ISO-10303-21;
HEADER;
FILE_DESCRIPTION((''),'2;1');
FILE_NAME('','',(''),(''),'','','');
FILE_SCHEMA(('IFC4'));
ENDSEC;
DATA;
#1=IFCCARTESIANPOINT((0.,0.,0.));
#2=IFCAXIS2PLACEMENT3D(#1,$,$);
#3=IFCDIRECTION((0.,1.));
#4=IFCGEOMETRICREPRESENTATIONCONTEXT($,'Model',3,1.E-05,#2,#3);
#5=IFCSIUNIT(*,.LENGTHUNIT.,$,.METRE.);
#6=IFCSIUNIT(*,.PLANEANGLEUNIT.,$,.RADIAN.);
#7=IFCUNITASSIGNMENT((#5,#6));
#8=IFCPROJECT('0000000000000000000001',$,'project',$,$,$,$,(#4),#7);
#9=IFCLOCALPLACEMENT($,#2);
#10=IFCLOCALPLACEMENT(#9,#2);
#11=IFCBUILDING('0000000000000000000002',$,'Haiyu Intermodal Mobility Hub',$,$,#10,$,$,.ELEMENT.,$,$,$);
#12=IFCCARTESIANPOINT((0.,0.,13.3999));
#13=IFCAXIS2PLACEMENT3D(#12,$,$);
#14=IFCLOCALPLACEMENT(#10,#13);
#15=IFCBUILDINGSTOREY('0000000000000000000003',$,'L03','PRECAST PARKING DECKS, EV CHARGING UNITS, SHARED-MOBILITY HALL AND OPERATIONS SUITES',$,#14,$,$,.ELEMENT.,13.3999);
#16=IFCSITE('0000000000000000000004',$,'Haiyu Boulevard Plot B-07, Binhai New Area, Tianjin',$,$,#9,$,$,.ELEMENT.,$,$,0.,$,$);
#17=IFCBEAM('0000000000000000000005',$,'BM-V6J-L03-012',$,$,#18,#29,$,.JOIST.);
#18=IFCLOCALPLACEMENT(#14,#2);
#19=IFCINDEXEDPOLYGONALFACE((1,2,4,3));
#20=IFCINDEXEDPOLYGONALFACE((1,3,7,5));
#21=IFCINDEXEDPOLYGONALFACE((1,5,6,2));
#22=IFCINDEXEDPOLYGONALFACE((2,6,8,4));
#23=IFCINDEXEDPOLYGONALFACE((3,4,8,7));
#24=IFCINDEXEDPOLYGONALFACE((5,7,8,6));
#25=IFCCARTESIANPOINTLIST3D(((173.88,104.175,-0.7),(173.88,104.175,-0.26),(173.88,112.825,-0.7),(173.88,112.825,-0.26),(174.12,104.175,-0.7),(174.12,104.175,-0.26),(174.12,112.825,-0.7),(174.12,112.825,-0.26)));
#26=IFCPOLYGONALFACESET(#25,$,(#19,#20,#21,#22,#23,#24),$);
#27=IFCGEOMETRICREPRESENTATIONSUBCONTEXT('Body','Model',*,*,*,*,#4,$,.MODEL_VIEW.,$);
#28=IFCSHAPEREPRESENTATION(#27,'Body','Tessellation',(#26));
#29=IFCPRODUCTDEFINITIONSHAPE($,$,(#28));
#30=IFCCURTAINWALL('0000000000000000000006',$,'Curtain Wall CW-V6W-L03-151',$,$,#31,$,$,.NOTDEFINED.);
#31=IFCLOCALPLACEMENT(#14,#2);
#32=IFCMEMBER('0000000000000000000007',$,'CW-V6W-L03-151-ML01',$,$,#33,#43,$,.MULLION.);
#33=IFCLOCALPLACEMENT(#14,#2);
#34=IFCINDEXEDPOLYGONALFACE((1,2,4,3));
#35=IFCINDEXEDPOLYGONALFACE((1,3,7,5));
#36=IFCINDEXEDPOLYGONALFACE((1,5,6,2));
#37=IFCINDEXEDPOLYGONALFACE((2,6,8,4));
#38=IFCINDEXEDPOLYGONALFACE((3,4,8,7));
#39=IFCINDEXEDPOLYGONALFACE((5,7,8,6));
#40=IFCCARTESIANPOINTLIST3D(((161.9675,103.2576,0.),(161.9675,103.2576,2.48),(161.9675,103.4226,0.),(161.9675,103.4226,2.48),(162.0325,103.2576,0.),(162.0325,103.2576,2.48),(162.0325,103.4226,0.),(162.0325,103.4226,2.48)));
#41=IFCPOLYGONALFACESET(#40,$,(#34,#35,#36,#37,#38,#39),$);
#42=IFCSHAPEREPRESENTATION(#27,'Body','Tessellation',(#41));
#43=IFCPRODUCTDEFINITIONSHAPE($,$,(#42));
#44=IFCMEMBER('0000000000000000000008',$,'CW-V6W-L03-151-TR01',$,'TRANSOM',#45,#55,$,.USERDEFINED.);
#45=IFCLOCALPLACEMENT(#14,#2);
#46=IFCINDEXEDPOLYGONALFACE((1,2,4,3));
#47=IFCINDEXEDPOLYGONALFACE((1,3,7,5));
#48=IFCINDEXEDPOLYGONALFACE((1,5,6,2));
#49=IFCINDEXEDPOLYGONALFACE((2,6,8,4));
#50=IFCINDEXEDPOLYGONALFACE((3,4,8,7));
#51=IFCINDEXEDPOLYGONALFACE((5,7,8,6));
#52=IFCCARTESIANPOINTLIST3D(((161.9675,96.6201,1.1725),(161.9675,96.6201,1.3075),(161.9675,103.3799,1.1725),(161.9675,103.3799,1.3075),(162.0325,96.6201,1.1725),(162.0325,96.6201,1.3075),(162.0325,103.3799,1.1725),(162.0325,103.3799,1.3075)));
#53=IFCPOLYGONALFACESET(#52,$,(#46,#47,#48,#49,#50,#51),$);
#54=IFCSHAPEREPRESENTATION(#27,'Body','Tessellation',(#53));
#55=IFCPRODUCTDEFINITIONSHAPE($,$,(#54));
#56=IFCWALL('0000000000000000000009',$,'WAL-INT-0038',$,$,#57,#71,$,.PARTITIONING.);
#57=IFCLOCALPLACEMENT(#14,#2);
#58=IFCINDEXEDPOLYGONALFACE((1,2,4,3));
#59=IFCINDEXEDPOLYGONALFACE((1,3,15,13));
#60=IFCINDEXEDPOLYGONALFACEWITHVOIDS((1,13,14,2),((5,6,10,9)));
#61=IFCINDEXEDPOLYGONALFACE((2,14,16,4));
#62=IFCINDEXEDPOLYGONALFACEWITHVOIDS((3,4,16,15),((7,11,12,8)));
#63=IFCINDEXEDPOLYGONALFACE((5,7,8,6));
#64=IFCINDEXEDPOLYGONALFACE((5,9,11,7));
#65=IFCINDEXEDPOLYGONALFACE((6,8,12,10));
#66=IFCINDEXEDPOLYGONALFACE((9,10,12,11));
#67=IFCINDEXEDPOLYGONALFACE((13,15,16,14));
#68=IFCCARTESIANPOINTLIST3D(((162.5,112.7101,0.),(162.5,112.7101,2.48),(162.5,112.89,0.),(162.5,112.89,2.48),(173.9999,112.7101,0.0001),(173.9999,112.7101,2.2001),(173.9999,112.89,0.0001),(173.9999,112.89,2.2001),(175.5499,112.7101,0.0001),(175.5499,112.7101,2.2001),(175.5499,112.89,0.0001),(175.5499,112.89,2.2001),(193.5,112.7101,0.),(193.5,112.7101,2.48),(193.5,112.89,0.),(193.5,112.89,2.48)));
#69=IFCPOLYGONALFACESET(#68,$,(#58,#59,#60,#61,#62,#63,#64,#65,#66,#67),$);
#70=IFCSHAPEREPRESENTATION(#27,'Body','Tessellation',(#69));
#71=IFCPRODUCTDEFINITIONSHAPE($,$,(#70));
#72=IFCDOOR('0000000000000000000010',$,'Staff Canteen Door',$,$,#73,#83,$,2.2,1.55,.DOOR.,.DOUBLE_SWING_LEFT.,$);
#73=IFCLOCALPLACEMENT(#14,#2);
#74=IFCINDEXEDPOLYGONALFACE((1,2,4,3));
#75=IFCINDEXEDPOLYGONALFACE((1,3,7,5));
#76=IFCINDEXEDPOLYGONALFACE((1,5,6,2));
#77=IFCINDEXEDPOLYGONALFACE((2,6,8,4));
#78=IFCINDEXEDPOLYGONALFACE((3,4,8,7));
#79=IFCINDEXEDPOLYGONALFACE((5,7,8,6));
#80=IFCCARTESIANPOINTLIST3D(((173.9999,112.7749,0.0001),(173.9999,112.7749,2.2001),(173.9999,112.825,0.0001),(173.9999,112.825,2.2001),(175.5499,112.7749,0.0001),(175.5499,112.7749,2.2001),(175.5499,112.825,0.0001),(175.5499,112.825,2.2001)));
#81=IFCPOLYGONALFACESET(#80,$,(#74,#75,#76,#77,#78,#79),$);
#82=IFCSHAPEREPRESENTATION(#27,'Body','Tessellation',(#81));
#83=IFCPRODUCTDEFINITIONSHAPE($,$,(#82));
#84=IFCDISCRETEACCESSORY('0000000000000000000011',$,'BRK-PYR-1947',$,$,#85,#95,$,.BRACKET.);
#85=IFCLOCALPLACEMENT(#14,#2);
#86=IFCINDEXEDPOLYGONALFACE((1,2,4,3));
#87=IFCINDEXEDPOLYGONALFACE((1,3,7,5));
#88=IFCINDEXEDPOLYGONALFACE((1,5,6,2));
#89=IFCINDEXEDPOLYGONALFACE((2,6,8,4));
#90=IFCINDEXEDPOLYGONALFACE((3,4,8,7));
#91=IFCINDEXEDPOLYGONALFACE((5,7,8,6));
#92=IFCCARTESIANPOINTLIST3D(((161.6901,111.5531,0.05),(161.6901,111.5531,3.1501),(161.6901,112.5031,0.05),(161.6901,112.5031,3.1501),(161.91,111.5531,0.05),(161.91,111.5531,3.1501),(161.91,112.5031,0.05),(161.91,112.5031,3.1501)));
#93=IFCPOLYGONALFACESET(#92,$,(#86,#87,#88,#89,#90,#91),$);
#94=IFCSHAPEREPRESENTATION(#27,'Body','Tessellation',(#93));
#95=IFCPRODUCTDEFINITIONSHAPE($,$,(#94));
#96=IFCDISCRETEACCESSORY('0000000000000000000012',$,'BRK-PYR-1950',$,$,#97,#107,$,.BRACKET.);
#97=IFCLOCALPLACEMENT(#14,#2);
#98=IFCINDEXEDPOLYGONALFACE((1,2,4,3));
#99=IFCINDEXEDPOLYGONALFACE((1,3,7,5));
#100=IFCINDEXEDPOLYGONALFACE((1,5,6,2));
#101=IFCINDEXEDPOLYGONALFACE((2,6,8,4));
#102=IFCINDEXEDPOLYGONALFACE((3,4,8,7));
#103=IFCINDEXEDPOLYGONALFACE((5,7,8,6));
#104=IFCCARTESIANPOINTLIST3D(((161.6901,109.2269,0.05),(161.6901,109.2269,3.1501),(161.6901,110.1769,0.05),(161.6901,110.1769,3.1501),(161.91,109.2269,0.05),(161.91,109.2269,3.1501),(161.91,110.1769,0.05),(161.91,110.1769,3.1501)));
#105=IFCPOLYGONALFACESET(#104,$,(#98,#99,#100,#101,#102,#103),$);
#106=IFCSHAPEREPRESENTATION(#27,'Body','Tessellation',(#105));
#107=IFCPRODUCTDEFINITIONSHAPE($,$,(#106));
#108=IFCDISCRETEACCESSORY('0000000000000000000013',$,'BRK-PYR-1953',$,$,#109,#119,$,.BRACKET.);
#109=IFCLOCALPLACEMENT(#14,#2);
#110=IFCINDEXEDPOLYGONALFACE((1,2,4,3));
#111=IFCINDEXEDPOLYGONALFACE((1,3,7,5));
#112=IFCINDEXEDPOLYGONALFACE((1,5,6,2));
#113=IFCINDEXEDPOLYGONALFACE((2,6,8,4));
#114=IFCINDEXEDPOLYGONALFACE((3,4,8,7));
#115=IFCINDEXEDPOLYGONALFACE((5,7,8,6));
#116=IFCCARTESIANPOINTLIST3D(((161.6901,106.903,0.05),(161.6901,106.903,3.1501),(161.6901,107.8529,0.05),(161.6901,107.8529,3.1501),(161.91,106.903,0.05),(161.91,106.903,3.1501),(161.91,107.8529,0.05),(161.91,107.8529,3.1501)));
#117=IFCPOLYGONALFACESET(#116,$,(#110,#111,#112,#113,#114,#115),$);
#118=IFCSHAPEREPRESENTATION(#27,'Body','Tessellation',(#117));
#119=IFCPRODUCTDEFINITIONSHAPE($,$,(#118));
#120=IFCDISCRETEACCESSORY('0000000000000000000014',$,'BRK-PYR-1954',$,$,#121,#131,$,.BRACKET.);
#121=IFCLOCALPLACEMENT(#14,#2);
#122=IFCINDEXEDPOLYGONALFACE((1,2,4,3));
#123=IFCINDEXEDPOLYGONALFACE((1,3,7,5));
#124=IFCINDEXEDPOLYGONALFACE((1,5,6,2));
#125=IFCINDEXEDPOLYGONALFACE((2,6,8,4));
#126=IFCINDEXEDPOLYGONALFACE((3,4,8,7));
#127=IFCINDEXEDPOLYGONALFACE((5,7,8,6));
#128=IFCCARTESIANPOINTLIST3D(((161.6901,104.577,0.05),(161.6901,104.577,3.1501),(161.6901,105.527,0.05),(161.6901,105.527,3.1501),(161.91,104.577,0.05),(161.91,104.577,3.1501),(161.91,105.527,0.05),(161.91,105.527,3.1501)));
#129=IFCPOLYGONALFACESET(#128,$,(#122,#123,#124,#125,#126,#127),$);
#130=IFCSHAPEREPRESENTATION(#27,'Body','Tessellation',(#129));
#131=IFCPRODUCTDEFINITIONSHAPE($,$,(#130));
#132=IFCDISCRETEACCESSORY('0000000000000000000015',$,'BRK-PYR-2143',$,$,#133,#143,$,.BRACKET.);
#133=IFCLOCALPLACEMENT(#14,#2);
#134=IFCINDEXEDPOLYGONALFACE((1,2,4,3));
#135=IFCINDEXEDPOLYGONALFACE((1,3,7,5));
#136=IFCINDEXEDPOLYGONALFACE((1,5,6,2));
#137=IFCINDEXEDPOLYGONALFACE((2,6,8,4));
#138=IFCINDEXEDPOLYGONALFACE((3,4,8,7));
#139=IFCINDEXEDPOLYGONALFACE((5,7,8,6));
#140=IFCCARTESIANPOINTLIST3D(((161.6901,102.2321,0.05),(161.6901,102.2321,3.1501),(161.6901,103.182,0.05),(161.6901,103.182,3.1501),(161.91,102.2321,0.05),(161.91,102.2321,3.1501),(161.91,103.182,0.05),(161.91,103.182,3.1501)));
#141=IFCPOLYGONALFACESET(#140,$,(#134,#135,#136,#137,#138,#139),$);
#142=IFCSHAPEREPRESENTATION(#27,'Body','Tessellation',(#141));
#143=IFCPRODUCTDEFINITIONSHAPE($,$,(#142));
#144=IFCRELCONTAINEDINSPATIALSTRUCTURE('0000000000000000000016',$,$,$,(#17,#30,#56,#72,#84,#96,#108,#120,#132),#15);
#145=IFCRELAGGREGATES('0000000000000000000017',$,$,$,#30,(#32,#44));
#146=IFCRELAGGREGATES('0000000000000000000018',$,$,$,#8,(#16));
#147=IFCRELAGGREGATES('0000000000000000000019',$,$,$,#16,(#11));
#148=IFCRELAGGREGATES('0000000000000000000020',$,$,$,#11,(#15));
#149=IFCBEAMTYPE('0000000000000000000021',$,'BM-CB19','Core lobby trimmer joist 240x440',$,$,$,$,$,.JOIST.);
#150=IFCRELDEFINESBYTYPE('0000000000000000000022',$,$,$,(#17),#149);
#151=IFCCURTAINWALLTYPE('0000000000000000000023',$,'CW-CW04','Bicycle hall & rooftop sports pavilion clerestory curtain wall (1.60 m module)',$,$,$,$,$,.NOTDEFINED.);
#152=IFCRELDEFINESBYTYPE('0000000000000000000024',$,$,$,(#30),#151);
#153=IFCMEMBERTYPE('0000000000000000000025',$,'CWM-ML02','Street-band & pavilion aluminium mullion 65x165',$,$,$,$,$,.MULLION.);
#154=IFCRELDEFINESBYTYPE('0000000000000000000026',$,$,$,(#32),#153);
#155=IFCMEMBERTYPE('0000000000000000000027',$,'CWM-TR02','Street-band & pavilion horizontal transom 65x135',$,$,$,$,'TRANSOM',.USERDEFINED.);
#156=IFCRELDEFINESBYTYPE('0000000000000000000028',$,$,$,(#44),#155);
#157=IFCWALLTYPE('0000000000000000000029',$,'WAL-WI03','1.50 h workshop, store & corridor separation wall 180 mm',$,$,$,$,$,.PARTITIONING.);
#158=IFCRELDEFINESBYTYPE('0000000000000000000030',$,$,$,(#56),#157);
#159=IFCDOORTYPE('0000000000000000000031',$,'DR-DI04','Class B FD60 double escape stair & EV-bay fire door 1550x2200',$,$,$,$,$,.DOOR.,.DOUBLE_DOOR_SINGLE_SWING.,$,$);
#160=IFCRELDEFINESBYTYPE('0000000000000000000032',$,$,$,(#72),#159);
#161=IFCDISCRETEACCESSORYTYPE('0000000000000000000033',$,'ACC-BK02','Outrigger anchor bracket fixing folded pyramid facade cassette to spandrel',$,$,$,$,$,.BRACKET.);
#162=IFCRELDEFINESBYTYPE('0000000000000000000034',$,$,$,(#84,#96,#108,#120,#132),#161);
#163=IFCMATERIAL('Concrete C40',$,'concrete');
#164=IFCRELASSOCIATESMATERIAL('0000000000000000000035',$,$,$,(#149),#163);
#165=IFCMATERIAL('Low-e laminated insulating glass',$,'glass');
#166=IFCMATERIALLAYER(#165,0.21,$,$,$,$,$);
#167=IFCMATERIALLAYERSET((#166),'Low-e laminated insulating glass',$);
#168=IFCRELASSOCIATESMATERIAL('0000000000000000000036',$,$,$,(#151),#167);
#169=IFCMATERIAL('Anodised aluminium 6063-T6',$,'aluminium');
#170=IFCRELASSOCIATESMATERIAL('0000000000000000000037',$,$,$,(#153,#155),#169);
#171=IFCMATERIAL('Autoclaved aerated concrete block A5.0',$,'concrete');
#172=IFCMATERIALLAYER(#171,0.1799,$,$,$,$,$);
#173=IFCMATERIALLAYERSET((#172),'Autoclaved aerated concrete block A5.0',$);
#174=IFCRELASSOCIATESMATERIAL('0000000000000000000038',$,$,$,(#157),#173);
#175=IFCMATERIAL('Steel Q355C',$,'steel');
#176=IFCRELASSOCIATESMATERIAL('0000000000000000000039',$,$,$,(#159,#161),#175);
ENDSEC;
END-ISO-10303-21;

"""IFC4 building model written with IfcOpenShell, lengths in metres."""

from ifc_helpers import new_model, si_unit, direction, frame, frame_2d, origin, origin_2d, place, context, subcontext, project, spatial, rectangle, extrude, material, layer, layer_set, material_profile, profile_set, type_object, element, fill, aggregate, save


model = new_model("IFC4")

# Units and contexts
model_context = context("Model", 3, precision=1e-05, world=origin(), true_north=direction((0.0, 1.0)))
body_context = subcontext(model_context, "Body", "Model", "MODEL_VIEW")
ifc_project = project(units=[si_unit("LENGTHUNIT", "METRE"), si_unit("PLANEANGLEUNIT", "RADIAN")], contexts=[model_context])

# Site, building, storey
site_placement = place(None, origin())
site = spatial("IfcSite", under=ifc_project, at=site_placement, Name="Haiyu Boulevard Plot B-07, Binhai New Area, Tianjin", CompositionType="ELEMENT", RefElevation=0.0)
building_placement = place(site_placement, origin())
building = spatial("IfcBuilding", under=site, at=building_placement, Name="Haiyu Intermodal Mobility Hub", CompositionType="ELEMENT")
storey_placement = place(building_placement, frame((0.0, 0.0, 13.3999)))
storey = spatial("IfcBuildingStorey", under=building, at=storey_placement, Name="L03", Description="PRECAST PARKING DECKS, EV CHARGING UNITS, SHARED-MOBILITY HALL AND OPERATIONS SUITES", CompositionType="ELEMENT", Elevation=13.3999)

# Shared definitions
ifc_material_1 = material(Name="Concrete C40", Category="concrete")

# Beam
ifc_material_profile_1 = material_profile(ifc_material_1, rectangle(XDim=0.24, YDim=0.4399, at=origin_2d()), Name="B240x440")
ifc_profile_set_1 = profile_set([ifc_material_profile_1], Name="Concrete C40")
beam_type_1 = type_object("IfcBeamType", Name="BM-CB19", Description="Core lobby trimmer joist 240x440", PredefinedType="JOIST", material=ifc_profile_set_1)
for number, where, z_axis, x_axis, name in (
    (1, (174.0, 104.175, -0.48), (0.0, 1.0, 0.0), (-1.0, 0.0, 0.0), "BM-V6J-L03-012"),
):
    element("IfcBeam", number, at=place(storey_placement, frame(where, z_axis=z_axis, x_axis=x_axis)), inside=storey, type_object=beam_type_1, Name=name, PredefinedType="JOIST", context=body_context, shape_type="SweptSolid", body=[
        extrude(rectangle(XDim=0.24, YDim=0.4399, at=origin_2d()), origin(), (0.0, 0.0, 1.0), 8.6499),
    ])

# Curtain wall, members
ifc_material_2 = material(Name="Low-e laminated insulating glass", Category="glass")
ifc_layer_1 = layer(ifc_material_2, 0.21)
ifc_layer_set_1 = layer_set([ifc_layer_1], Name="Low-e laminated insulating glass")
curtain_wall_type = type_object("IfcCurtainWallType", Name="CW-CW04", Description="Bicycle hall & rooftop sports pavilion clerestory curtain wall (1.60 m module)", PredefinedType="NOTDEFINED", material=ifc_layer_set_1)
curtain_wall_placement = place(storey_placement, origin())
curtain_wall = element("IfcCurtainWall", 2, at=curtain_wall_placement, inside=storey, type_object=curtain_wall_type, Name="Curtain Wall CW-V6W-L03-151", PredefinedType="NOTDEFINED")
ifc_material_3 = material(Name="Anodised aluminium 6063-T6", Category="aluminium")
ifc_material_profile_2 = material_profile(ifc_material_3, rectangle(XDim=0.0649, YDim=0.165, at=origin_2d()), Name="ALU65x165")
ifc_profile_set_2 = profile_set([ifc_material_profile_2], Name="Anodised aluminium 6063-T6")
member_type_1 = type_object("IfcMemberType", Name="CWM-ML02", Description="Street-band & pavilion aluminium mullion 65x165", PredefinedType="MULLION", material=ifc_profile_set_2)
member_1_placement = place(storey_placement, frame((162.0, 103.3401, 0.0), z_axis=(0.0, 0.0, 1.0), x_axis=(1.0, 0.0, 0.0)))
member_1 = element("IfcMember", 3, at=member_1_placement, type_object=member_type_1, Name="CW-V6W-L03-151-ML01", PredefinedType="MULLION", context=body_context, shape_type="SweptSolid", body=[
    extrude(rectangle(XDim=0.0649, YDim=0.165, at=origin_2d()), origin(), (0.0, 0.0, 1.0), 2.48),
])
ifc_material_profile_3 = material_profile(ifc_material_3, rectangle(XDim=0.0649, YDim=0.135, at=origin_2d()), Name="ALU65x135")
ifc_profile_set_3 = profile_set([ifc_material_profile_3], Name="Anodised aluminium 6063-T6")
member_type_2 = type_object("IfcMemberType", Name="CWM-TR02", Description="Street-band & pavilion horizontal transom 65x135", ElementType="TRANSOM", PredefinedType="USERDEFINED", material=ifc_profile_set_3)
member_2_placement = place(storey_placement, frame((162.0, 103.3799, 1.24), z_axis=(0.0, -1.0, 0.0), x_axis=(1.0, 0.0, 0.0)))
member_2 = element("IfcMember", 4, at=member_2_placement, type_object=member_type_2, Name="CW-V6W-L03-151-TR01", ObjectType="TRANSOM", PredefinedType="USERDEFINED", context=body_context, shape_type="SweptSolid", body=[
    extrude(rectangle(XDim=0.0649, YDim=0.135, at=origin_2d()), origin(), (0.0, 0.0, 1.0), 6.7598),
])
aggregate(curtain_wall, [member_1, member_2])

# Wall, opening, door
ifc_material_4 = material(Name="Autoclaved aerated concrete block A5.0", Category="concrete")
ifc_layer_2 = layer(ifc_material_4, 0.1799)
ifc_layer_set_2 = layer_set([ifc_layer_2], Name="Autoclaved aerated concrete block A5.0")
wall_type = type_object("IfcWallType", Name="WAL-WI03", Description="1.50 h workshop, store & corridor separation wall 180 mm", PredefinedType="PARTITIONING", material=ifc_layer_set_2)
wall_placement = place(storey_placement, frame((162.5, 112.8, 0.0), z_axis=(0.0, 0.0, 1.0), x_axis=(1.0, 0.0, 0.0)))
wall = element("IfcWall", 5, at=wall_placement, inside=storey, type_object=wall_type, Name="WAL-INT-0038", PredefinedType="PARTITIONING", context=body_context, shape_type="SweptSolid", body=[
    extrude(rectangle(XDim=31.0, YDim=0.1799, at=frame_2d((15.5, 0.0))), origin(), (0.0, 0.0, 1.0), 2.48),
])
opening_placement = place(wall_placement, frame((11.5, 0.0, 0.0)))
opening = element("IfcOpeningElement", 6, at=opening_placement, cuts=wall, PredefinedType="OPENING", context=body_context, shape_type="SweptSolid", body=[
    extrude(rectangle(XDim=1.55, YDim=2.2, at=frame_2d((0.7749, 1.1001))), frame((0.0, 0.1001, 0.0), z_axis=(0.0, -1.0, 0.0), x_axis=(1.0, 0.0, 0.0)), (0.0, 0.0, 1.0), 0.2),
])
ifc_material_5 = material(Name="Steel Q355C", Category="steel")
door_type = type_object("IfcDoorType", Name="DR-DI04", Description="Class B FD60 double escape stair & EV-bay fire door 1550x2200", OperationType="DOUBLE_DOOR_SINGLE_SWING", PredefinedType="DOOR", material=ifc_material_5)
door_placement = place(opening_placement, origin())
door = element("IfcDoor", 7, at=door_placement, inside=storey, type_object=door_type, Name="Staff Canteen Door", OperationType="DOUBLE_SWING_LEFT", OverallHeight=2.2, OverallWidth=1.55, PredefinedType="DOOR", context=body_context, shape_type="SweptSolid", body=[
    extrude(rectangle(XDim=1.55, YDim=2.2, at=frame_2d((0.7749, 1.1001))), frame((0.0, 0.0249, 0.0), z_axis=(0.0, -1.0, 0.0), x_axis=(1.0, 0.0, 0.0)), (0.0, 0.0, 1.0), 0.05),
])
fill(opening, door)

# Discrete accessories
discrete_accessory_type = type_object("IfcDiscreteAccessoryType", Name="ACC-BK02", Description="Outrigger anchor bracket fixing folded pyramid facade cassette to spandrel", PredefinedType="BRACKET", material=ifc_material_5)
for number, where, z_axis, x_axis, name in (
    (8, (161.8, 112.0281, 0.05), (0.0, 0.0, 1.0), (1.0, 0.0, 0.0), "BRK-PYR-1947"),
    (9, (161.8, 109.7019, 0.05), (0.0, 0.0, 1.0), (1.0, 0.0, 0.0), "BRK-PYR-1950"),
    (10, (161.8, 107.3779, 0.05), (0.0, 0.0, 1.0), (1.0, 0.0, 0.0), "BRK-PYR-1953"),
    (11, (161.8, 105.052, 0.05), (0.0, 0.0, 1.0), (1.0, 0.0, 0.0), "BRK-PYR-1954"),
    (12, (161.8, 102.707, 0.05), (0.0, 0.0, 1.0), (1.0, 0.0, 0.0), "BRK-PYR-2143"),
):
    element("IfcDiscreteAccessory", number, at=place(storey_placement, frame(where, z_axis=z_axis, x_axis=x_axis)), inside=storey, type_object=discrete_accessory_type, Name=name, PredefinedType="BRACKET", context=body_context, shape_type="SweptSolid", body=[
        extrude(rectangle(XDim=0.22, YDim=0.95, at=origin_2d()), origin(), (0.0, 0.0, 1.0), 3.1001),
    ])

save(model, "model.ifc")
